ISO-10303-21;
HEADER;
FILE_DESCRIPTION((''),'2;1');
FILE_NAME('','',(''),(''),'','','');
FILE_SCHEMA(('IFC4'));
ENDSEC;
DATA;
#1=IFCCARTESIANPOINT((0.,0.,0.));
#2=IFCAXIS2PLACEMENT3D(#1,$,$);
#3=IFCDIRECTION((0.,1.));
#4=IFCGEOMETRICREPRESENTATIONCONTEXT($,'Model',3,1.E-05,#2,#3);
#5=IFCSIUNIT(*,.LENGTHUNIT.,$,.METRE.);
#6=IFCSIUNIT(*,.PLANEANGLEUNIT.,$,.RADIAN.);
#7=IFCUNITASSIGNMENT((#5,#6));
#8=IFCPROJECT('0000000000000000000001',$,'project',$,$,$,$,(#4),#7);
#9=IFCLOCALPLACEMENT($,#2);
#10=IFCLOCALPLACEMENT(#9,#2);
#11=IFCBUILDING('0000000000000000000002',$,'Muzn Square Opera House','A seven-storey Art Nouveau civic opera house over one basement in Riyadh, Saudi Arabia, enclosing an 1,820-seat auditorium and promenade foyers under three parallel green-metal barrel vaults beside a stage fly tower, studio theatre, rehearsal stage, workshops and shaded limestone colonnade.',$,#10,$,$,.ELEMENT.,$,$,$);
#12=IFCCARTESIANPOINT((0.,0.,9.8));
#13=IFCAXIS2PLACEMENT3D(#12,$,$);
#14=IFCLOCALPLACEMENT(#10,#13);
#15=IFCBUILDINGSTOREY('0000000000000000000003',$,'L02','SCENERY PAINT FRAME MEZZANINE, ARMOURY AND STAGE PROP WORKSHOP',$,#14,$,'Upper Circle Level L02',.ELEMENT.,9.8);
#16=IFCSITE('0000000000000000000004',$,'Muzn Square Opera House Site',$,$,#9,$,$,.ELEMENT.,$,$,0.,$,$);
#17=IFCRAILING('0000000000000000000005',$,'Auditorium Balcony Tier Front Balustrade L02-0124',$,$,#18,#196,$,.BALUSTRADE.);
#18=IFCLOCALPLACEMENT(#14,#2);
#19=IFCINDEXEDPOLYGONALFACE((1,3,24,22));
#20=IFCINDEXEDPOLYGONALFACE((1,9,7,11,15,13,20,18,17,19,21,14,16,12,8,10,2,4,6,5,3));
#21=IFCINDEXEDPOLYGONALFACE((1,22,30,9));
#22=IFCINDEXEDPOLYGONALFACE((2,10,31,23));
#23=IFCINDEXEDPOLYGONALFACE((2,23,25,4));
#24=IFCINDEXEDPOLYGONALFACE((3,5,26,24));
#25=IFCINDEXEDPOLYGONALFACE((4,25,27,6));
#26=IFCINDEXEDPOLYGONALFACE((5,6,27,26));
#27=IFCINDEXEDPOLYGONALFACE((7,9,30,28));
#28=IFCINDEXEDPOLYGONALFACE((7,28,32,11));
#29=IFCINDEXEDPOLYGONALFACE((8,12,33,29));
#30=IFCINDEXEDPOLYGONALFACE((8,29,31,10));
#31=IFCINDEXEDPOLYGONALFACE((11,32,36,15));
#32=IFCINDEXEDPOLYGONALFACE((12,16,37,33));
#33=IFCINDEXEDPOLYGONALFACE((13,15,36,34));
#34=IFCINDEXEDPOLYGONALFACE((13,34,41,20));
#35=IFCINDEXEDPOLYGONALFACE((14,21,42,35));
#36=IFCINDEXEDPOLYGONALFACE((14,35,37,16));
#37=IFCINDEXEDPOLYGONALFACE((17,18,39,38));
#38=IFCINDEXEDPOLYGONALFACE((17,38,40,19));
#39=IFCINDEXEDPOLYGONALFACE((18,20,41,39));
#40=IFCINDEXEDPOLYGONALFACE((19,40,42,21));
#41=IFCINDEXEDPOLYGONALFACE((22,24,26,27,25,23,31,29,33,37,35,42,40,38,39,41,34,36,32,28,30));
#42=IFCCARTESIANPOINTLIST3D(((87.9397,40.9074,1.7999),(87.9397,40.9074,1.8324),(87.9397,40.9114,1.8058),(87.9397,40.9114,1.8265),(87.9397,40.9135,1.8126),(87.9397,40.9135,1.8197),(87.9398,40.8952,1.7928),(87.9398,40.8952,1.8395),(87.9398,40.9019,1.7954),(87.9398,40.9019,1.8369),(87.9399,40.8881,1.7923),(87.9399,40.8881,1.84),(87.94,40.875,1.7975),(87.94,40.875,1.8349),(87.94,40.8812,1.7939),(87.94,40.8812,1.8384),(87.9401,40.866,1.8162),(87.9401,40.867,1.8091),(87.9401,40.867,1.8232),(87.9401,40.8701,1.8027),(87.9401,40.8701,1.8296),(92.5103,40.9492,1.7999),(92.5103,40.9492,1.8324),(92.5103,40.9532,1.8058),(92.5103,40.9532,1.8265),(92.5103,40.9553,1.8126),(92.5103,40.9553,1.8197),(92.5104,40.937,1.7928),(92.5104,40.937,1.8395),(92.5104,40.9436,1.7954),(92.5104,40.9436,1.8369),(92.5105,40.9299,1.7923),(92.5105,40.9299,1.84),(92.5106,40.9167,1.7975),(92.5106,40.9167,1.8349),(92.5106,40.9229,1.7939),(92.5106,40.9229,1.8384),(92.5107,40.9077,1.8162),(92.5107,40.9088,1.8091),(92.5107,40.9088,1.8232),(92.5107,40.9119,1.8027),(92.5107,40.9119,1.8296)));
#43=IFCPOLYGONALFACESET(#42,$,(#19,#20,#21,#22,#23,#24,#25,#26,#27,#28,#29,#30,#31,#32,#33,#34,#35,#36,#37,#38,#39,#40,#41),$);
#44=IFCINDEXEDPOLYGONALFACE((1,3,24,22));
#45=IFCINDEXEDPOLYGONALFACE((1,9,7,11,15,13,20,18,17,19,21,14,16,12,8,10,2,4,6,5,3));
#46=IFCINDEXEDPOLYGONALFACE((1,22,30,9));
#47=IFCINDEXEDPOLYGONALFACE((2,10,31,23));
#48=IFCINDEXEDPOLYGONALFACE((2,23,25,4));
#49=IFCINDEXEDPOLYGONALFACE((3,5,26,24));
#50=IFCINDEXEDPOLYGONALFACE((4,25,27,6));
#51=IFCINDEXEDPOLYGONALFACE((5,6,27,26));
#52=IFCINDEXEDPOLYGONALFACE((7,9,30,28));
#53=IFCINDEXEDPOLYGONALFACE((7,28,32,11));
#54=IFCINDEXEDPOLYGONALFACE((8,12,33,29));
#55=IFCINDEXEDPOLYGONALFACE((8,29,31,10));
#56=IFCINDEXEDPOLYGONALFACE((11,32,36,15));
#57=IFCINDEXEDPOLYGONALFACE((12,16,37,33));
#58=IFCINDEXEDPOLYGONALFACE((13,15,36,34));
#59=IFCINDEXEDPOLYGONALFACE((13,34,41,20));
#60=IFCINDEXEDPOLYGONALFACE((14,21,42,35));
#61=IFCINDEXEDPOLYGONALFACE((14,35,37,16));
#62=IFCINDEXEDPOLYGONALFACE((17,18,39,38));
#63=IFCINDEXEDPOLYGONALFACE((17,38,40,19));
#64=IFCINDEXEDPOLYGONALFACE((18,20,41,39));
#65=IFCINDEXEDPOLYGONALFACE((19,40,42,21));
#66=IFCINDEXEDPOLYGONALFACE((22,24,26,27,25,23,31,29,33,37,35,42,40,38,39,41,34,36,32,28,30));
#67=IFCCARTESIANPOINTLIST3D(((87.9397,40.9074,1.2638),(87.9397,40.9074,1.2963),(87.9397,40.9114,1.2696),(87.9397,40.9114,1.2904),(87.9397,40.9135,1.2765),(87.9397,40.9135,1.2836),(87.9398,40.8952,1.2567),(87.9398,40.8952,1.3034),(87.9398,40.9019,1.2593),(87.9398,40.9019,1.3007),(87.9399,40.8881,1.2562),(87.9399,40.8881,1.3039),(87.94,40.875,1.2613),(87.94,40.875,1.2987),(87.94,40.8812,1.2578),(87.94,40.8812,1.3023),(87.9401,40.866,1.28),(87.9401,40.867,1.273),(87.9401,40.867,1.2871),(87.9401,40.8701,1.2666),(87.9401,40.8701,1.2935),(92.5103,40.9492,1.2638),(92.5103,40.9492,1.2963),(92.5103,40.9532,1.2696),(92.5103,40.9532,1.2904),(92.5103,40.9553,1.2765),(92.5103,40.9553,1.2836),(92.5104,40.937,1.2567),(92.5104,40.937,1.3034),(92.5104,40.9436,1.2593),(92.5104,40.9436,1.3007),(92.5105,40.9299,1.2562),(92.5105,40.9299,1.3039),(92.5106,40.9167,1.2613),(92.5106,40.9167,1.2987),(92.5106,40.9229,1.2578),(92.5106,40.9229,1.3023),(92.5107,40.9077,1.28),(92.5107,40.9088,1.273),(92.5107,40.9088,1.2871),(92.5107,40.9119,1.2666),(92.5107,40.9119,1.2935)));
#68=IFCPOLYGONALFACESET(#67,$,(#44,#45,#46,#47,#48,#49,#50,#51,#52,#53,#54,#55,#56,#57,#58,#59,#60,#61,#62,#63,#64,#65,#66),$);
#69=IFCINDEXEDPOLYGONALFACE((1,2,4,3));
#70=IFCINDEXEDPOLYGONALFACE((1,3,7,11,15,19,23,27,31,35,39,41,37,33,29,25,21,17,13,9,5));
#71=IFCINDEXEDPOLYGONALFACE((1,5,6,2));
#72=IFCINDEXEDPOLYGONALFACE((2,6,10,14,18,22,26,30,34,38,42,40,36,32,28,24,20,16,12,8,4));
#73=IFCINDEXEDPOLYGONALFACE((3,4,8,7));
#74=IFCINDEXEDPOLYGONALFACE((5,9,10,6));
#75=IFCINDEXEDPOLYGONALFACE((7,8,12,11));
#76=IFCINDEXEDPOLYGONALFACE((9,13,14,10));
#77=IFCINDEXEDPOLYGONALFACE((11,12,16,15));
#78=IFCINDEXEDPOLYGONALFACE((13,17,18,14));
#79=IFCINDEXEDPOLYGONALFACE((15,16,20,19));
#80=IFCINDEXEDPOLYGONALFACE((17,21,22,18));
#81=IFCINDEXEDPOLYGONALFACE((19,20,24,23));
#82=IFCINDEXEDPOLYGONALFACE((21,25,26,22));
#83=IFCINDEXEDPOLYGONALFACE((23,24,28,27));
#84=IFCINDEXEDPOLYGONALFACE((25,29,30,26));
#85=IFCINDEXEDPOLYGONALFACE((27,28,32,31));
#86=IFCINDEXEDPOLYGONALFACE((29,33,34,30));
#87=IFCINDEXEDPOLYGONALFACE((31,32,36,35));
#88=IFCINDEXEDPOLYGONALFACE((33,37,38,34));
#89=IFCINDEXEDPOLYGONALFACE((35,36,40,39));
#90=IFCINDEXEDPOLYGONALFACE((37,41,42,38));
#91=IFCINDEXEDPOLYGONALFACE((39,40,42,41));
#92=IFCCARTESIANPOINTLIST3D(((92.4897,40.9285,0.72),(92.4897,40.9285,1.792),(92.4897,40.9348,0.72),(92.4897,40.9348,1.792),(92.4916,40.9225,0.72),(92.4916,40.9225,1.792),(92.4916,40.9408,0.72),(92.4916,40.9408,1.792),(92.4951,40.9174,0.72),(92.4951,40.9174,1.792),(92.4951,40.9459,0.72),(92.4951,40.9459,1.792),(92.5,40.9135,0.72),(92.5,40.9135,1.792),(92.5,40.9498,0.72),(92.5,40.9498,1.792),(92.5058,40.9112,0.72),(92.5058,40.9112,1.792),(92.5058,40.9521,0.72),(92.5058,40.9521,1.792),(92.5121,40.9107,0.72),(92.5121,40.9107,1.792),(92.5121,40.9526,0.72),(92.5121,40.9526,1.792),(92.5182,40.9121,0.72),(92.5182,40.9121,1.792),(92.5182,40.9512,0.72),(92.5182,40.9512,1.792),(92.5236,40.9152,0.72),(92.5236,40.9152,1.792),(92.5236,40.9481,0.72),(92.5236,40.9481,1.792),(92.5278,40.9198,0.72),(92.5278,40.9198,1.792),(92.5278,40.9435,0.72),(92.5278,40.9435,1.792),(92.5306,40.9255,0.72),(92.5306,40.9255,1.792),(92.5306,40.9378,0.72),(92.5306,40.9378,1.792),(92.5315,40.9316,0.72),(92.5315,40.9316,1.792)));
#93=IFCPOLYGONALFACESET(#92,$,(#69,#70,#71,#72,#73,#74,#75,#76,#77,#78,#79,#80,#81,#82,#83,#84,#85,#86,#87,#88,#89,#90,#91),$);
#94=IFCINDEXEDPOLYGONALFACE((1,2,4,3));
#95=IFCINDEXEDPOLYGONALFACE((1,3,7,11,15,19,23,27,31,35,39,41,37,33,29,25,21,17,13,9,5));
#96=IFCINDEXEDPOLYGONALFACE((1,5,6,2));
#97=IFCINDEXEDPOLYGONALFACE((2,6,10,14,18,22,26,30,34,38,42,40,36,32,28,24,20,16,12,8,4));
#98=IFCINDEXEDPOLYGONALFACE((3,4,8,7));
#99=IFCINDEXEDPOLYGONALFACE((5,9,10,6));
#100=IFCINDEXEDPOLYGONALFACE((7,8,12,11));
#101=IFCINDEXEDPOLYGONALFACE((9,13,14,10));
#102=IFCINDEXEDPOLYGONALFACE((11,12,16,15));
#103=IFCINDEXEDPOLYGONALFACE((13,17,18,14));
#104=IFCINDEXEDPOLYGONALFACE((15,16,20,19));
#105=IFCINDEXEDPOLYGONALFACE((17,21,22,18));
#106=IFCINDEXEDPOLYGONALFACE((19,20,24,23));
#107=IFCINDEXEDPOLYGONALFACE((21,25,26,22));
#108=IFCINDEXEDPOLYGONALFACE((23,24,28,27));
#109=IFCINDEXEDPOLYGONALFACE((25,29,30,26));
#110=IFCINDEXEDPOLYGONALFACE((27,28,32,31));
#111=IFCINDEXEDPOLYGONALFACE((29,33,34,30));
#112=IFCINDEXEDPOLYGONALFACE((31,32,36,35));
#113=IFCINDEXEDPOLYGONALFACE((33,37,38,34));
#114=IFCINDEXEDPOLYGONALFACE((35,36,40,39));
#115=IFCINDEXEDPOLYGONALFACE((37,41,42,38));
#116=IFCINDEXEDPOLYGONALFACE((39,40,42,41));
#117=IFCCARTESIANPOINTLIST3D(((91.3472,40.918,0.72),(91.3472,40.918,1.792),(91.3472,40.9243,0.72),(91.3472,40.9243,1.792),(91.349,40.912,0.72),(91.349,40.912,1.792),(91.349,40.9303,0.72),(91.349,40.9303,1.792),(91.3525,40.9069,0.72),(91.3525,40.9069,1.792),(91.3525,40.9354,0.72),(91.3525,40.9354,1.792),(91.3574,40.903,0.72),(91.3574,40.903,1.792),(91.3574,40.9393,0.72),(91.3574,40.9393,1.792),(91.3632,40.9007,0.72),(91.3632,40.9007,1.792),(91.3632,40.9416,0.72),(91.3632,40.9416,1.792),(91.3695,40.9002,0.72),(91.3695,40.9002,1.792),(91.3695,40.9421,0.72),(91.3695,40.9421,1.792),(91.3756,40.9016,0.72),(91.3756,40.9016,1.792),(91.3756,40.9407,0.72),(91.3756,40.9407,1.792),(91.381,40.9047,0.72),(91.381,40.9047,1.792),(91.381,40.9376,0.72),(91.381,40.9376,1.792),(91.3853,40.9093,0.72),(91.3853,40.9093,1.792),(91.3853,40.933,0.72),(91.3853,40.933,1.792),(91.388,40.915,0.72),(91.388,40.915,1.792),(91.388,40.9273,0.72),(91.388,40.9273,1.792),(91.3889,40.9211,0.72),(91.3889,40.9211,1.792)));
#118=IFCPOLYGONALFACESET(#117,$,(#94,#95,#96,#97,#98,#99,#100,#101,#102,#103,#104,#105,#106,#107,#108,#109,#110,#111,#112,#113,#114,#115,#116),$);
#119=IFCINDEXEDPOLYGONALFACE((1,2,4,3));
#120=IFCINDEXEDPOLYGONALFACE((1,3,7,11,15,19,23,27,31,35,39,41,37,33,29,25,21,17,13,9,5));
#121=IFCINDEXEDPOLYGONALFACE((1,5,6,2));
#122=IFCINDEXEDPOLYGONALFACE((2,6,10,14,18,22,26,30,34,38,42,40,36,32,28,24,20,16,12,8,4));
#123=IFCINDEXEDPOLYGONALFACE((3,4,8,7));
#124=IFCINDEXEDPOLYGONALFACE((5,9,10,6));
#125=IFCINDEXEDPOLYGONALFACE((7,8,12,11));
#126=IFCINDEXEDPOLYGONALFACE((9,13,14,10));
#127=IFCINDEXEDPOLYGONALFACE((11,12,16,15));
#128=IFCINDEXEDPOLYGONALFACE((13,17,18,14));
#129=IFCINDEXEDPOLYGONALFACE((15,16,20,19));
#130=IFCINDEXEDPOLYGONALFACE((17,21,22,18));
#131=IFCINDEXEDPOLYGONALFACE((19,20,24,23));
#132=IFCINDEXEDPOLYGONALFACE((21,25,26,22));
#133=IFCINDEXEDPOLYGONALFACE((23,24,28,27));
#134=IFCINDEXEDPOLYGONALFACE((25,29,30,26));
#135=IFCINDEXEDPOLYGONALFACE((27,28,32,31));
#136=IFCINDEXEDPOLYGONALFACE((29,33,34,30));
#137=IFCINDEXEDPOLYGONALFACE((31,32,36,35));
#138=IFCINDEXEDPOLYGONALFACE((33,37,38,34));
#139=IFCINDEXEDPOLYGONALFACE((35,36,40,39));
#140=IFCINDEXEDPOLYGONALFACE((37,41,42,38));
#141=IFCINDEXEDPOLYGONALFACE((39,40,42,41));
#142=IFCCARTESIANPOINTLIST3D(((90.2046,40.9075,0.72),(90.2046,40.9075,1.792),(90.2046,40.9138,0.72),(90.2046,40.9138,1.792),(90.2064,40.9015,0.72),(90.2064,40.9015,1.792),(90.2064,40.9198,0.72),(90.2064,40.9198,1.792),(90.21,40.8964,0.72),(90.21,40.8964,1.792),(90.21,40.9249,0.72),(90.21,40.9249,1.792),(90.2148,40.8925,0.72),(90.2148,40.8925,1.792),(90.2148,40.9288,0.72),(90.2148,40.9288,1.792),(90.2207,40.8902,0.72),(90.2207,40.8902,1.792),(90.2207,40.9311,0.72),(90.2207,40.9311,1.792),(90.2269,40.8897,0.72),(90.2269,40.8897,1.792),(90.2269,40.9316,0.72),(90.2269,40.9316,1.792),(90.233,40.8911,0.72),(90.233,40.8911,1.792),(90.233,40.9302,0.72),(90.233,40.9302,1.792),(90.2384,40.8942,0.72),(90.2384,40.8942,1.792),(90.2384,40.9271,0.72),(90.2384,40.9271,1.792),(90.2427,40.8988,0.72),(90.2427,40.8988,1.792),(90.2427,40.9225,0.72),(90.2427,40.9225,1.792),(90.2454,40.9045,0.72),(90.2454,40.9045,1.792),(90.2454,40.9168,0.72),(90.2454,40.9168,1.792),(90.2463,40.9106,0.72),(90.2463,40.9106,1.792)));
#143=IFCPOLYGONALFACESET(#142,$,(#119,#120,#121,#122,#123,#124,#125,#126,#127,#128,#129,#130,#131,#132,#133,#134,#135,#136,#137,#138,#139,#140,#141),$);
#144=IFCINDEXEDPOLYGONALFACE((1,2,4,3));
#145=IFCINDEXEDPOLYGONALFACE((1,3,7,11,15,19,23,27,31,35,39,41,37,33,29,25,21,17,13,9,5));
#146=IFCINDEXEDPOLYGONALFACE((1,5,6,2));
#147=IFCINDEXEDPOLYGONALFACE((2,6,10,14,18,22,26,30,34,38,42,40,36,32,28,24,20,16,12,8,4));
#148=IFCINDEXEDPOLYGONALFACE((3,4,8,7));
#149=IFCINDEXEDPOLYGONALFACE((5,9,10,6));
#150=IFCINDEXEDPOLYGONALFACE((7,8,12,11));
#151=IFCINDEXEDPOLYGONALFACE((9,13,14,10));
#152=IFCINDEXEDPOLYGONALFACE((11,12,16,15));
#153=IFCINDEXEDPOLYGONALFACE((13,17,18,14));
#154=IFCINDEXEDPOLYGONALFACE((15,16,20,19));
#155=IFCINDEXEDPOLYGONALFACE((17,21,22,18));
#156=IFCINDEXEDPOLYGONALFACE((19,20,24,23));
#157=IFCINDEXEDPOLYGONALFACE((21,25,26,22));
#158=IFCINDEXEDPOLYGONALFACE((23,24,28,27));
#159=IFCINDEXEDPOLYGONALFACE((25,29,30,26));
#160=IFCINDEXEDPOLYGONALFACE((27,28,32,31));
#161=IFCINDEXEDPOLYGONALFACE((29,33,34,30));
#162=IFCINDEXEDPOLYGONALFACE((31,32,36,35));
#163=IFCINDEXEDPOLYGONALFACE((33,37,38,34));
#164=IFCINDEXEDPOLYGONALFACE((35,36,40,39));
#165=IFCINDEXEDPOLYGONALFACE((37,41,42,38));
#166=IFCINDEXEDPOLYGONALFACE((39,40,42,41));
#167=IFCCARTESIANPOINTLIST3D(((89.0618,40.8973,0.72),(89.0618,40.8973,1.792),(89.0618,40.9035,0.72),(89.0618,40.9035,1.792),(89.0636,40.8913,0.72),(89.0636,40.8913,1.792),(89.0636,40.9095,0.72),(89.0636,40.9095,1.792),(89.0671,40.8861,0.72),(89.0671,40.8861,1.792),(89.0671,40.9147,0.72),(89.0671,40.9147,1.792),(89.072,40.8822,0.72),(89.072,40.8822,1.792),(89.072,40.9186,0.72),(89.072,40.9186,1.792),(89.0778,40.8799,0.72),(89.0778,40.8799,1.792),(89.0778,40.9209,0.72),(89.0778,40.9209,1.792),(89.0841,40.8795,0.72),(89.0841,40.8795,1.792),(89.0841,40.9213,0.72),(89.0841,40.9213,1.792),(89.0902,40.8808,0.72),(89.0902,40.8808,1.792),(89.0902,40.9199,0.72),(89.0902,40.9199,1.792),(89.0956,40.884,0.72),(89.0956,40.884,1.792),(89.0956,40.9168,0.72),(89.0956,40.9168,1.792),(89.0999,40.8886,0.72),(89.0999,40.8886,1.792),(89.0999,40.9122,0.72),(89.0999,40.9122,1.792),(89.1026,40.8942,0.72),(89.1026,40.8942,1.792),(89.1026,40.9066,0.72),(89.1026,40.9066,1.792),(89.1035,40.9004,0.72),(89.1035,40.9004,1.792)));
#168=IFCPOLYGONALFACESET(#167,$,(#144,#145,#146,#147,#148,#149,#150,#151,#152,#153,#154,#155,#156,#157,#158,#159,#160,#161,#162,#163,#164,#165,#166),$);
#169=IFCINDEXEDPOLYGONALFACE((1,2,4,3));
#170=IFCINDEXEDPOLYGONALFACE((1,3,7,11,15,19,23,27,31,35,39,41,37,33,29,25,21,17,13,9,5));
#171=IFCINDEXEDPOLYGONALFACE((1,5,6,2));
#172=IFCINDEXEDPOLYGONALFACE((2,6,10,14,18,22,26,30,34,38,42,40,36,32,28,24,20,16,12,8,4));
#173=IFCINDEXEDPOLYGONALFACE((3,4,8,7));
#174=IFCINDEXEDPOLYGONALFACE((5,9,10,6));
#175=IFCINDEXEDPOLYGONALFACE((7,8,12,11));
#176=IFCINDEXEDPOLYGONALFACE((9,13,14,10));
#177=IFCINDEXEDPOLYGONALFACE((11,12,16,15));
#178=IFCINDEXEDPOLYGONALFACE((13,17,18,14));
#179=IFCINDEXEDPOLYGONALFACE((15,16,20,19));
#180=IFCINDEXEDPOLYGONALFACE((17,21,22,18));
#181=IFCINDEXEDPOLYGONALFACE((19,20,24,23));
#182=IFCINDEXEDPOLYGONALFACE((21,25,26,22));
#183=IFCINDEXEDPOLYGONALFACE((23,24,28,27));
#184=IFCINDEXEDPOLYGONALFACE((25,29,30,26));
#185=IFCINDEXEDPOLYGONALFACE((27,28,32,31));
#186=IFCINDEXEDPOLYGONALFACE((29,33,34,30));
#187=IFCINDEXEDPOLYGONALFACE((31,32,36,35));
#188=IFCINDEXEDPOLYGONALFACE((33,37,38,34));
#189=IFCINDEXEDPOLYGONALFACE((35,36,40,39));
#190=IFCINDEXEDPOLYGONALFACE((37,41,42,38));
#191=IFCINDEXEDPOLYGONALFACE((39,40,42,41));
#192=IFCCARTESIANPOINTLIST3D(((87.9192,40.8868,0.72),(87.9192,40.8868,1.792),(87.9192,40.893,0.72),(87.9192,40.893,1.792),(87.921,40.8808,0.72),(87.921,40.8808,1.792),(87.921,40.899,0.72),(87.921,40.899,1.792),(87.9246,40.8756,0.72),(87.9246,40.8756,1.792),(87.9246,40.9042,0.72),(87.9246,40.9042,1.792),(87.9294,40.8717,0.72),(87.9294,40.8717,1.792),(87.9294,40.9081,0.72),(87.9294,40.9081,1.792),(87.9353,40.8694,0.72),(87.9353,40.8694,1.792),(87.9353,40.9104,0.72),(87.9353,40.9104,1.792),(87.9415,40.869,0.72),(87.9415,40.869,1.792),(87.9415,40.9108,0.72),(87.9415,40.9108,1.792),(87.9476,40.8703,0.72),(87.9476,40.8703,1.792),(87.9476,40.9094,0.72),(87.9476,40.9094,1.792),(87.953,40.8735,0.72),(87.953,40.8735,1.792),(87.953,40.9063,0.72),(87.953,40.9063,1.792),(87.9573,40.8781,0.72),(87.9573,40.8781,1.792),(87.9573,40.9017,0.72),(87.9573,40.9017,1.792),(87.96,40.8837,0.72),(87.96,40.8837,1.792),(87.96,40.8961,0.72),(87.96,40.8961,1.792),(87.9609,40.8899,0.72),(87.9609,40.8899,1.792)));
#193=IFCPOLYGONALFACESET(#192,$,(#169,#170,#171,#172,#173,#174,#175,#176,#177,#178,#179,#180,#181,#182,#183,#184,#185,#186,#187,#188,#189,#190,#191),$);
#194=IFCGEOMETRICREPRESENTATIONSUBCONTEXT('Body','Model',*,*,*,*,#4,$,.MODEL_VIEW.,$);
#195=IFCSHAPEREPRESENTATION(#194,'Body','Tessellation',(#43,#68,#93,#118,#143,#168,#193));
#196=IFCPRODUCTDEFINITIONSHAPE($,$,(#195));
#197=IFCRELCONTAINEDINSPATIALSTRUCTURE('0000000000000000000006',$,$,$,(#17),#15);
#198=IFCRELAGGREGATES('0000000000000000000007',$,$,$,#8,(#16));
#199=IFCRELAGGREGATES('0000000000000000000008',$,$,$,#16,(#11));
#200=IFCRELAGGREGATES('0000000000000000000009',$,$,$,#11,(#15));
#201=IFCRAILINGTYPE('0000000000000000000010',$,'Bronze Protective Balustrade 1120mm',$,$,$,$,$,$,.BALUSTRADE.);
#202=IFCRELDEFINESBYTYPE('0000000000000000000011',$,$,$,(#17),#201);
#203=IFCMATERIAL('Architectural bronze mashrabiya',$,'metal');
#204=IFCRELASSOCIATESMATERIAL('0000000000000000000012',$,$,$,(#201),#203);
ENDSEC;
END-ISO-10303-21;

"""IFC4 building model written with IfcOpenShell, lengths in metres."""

from ifc_helpers import new_model, si_unit, direction, frame, origin, origin_2d, place, context, subcontext, project, spatial, circle, extrude, material, type_object, element, save


model = new_model("IFC4")

# Units and contexts
model_context = context("Model", 3, precision=1e-05, world=origin(), true_north=direction((0.0, 1.0)))
body_context = subcontext(model_context, "Body", "Model", "MODEL_VIEW")
ifc_project = project(units=[si_unit("LENGTHUNIT", "METRE"), si_unit("PLANEANGLEUNIT", "RADIAN")], contexts=[model_context])

# Site, building, storey
site_placement = place(None, origin())
site = spatial("IfcSite", under=ifc_project, at=site_placement, Name="Muzn Square Opera House Site", CompositionType="ELEMENT", RefElevation=0.0)
building_placement = place(site_placement, origin())
building = spatial("IfcBuilding", under=site, at=building_placement, Name="Muzn Square Opera House", Description="A seven-storey Art Nouveau civic opera house over one basement in Riyadh, Saudi Arabia, enclosing an 1,820-seat auditorium and promenade foyers under three parallel green-metal barrel vaults beside a stage fly tower, studio theatre, rehearsal stage, workshops and shaded limestone colonnade.", CompositionType="ELEMENT")
storey_placement = place(building_placement, frame((0.0, 0.0, 9.8)))
storey = spatial("IfcBuildingStorey", under=building, at=storey_placement, Name="L02", Description="SCENERY PAINT FRAME MEZZANINE, ARMOURY AND STAGE PROP WORKSHOP", LongName="Upper Circle Level L02", CompositionType="ELEMENT", Elevation=9.8)

# Railing
ifc_material_1 = material(Name="Architectural bronze mashrabiya", Category="metal")
railing_type = type_object("IfcRailingType", Name="Bronze Protective Balustrade 1120mm", PredefinedType="BALUSTRADE", material=ifc_material_1)
railing_1_placement = place(storey_placement, frame((92.5105, 40.9316, 0.72)))
element("IfcRailing", 1, at=railing_1_placement, inside=storey, type_object=railing_type, Name="Auditorium Balcony Tier Front Balustrade L02-0124", PredefinedType="BALUSTRADE", context=body_context, shape_type="SweptSolid", body=[
    extrude(circle(Radius=0.0239, at=origin_2d()), frame((0.0, 0.0, 1.0962), z_axis=(-0.999958, -0.009134, 0.0), x_axis=(0.009134, -0.999958, 0.0)), (0.0, 0.0, 1.0), 4.5708),
    extrude(circle(Radius=0.0239, at=origin_2d()), frame((0.0, 0.0, 0.5601), z_axis=(-0.999958, -0.009134, 0.0), x_axis=(0.009134, -0.999958, 0.0)), (0.0, 0.0, 1.0), 4.5708),
    extrude(circle(Radius=0.021, at=origin_2d()), origin(), (0.0, 0.0, 1.0), 1.072),
    extrude(circle(Radius=0.021, at=origin_2d()), frame((-1.1426, -0.0105, 0.0)), (0.0, 0.0, 1.0), 1.072),
    extrude(circle(Radius=0.021, at=origin_2d()), frame((-2.2852, -0.021, 0.0)), (0.0, 0.0, 1.0), 1.072),
    extrude(circle(Radius=0.021, at=origin_2d()), frame((-3.428, -0.0312, 0.0)), (0.0, 0.0, 1.0), 1.072),
    extrude(circle(Radius=0.021, at=origin_2d()), frame((-4.5706, -0.0417, 0.0)), (0.0, 0.0, 1.0), 1.072),
])

save(model, "model.ifc")
